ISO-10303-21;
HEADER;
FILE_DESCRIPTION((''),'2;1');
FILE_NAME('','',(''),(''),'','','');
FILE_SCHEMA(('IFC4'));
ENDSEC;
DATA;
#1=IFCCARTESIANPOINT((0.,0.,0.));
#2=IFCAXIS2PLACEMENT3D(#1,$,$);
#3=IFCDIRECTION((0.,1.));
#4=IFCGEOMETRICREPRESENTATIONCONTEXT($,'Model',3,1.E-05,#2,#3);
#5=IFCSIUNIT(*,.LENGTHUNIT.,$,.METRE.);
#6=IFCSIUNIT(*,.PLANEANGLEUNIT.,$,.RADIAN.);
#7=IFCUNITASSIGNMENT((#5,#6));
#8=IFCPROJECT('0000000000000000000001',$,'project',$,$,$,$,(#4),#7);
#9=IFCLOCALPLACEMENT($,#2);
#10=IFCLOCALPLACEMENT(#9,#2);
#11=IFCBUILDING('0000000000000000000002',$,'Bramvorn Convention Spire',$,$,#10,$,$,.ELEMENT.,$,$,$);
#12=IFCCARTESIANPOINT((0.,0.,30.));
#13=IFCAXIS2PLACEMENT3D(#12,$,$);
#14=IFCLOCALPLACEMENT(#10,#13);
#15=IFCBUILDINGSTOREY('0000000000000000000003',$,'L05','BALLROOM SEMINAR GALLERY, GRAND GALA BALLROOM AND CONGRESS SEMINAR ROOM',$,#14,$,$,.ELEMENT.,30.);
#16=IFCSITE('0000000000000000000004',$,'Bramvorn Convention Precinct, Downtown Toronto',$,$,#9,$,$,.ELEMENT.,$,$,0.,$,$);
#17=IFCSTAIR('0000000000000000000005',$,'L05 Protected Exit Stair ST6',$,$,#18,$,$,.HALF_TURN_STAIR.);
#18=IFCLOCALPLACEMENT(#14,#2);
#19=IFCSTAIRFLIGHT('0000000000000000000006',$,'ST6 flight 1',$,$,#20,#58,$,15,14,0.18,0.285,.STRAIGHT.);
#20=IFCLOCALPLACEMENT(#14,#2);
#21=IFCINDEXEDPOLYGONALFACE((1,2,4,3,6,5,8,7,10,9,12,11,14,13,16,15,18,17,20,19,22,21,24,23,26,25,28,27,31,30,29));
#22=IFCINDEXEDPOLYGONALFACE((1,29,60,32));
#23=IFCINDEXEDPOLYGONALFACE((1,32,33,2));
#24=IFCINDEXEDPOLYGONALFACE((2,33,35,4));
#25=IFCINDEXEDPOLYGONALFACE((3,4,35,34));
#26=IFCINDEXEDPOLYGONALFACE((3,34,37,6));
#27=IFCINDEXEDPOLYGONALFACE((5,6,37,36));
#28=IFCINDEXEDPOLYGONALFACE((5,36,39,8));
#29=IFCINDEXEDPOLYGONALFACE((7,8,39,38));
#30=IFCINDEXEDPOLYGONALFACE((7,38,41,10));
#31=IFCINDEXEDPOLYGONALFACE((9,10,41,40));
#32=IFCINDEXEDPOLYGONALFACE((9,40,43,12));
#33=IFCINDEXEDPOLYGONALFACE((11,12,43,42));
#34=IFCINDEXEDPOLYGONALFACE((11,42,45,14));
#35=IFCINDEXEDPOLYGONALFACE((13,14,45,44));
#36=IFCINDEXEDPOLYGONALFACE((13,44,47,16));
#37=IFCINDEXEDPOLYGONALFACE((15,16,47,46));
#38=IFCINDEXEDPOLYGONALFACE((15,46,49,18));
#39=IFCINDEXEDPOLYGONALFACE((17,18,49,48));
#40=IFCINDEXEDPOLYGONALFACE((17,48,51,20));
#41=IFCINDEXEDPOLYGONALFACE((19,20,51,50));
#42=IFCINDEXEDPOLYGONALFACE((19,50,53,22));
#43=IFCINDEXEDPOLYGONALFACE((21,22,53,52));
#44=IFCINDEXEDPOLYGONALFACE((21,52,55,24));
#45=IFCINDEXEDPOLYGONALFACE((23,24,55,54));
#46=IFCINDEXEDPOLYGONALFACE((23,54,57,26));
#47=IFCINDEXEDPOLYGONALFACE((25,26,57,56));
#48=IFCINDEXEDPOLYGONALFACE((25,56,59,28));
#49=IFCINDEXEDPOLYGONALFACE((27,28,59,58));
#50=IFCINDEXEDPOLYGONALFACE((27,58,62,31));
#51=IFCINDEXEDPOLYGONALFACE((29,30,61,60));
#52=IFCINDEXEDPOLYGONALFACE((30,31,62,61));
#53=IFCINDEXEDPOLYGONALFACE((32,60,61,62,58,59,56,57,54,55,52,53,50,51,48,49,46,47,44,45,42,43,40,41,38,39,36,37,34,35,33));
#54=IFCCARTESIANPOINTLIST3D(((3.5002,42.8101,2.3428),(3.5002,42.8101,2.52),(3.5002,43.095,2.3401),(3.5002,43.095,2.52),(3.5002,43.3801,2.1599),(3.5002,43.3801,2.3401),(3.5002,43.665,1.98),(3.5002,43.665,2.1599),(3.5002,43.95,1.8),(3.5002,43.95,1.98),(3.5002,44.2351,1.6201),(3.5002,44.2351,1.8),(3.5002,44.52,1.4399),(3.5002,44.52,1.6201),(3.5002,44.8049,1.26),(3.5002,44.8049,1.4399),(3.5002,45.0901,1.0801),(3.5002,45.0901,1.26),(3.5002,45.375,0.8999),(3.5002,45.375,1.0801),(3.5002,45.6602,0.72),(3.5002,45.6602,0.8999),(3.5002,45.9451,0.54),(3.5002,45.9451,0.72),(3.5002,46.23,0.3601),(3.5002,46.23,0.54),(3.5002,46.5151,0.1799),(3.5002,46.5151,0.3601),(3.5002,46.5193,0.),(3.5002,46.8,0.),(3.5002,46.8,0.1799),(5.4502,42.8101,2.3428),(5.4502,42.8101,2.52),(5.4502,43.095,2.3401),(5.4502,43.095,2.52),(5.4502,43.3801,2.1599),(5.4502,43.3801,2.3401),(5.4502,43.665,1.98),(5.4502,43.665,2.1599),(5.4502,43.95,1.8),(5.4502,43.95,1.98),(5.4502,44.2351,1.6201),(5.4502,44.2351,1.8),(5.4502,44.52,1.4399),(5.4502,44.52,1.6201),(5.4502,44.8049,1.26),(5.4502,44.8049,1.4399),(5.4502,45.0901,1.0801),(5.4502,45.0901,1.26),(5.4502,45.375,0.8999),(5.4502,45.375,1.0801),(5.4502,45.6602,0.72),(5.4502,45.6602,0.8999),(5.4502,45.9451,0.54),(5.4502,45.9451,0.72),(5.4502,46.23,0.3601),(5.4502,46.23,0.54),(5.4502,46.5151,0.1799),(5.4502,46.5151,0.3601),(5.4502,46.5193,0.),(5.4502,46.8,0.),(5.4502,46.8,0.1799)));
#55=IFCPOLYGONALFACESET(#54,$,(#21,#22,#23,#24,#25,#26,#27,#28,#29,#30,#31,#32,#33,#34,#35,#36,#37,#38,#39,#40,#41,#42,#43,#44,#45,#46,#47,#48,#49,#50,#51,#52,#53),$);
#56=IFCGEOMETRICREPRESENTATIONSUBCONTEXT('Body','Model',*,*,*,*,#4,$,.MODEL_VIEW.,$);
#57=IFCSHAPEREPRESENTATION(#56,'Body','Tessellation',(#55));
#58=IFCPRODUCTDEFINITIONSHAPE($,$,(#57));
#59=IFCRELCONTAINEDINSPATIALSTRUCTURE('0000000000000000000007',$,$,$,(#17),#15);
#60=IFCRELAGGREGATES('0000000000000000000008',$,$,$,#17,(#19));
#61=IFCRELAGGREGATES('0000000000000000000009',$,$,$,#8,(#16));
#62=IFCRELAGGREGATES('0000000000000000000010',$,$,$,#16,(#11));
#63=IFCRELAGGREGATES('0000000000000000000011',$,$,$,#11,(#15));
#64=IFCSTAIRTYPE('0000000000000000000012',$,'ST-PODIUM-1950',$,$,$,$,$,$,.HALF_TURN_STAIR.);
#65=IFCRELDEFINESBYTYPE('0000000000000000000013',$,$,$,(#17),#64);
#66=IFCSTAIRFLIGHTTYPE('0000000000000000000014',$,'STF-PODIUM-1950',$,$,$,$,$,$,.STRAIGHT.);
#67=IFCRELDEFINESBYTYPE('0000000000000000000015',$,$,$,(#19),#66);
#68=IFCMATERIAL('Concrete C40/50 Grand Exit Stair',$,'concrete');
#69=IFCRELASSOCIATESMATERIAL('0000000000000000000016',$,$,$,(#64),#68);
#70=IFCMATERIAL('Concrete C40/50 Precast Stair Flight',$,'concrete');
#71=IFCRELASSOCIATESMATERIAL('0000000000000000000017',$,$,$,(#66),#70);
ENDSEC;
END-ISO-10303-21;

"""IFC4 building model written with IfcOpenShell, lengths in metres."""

from ifc_helpers import new_model, si_unit, direction, frame, origin, place, context, subcontext, project, spatial, polyline, outline, extrude, material, type_object, element, aggregate, save


model = new_model("IFC4")

# Units and contexts
model_context = context("Model", 3, precision=1e-05, world=origin(), true_north=direction((0.0, 1.0)))
body_context = subcontext(model_context, "Body", "Model", "MODEL_VIEW")
ifc_project = project(units=[si_unit("LENGTHUNIT", "METRE"), si_unit("PLANEANGLEUNIT", "RADIAN")], contexts=[model_context])

# Site, building, storey
site_placement = place(None, origin())
site = spatial("IfcSite", under=ifc_project, at=site_placement, Name="Bramvorn Convention Precinct, Downtown Toronto", CompositionType="ELEMENT", RefElevation=0.0)
building_placement = place(site_placement, origin())
building = spatial("IfcBuilding", under=site, at=building_placement, Name="Bramvorn Convention Spire", CompositionType="ELEMENT")
storey_placement = place(building_placement, frame((0.0, 0.0, 30.0)))
storey = spatial("IfcBuildingStorey", under=building, at=storey_placement, Name="L05", Description="BALLROOM SEMINAR GALLERY, GRAND GALA BALLROOM AND CONGRESS SEMINAR ROOM", CompositionType="ELEMENT", Elevation=30.0)

# Stair, stair flight
ifc_material_1 = material(Name="Concrete C40/50 Grand Exit Stair", Category="concrete")
stair_type = type_object("IfcStairType", Name="ST-PODIUM-1950", PredefinedType="HALF_TURN_STAIR", material=ifc_material_1)
stair_placement = place(storey_placement, origin())
stair = element("IfcStair", 1, at=stair_placement, inside=storey, type_object=stair_type, Name="L05 Protected Exit Stair ST6", PredefinedType="HALF_TURN_STAIR")
ifc_material_2 = material(Name="Concrete C40/50 Precast Stair Flight", Category="concrete")
stair_flight_type = type_object("IfcStairFlightType", Name="STF-PODIUM-1950", PredefinedType="STRAIGHT", material=ifc_material_2)
stair_flight_placement = place(storey_placement, frame((4.4751, 46.8, 0.0), z_axis=(0.0, 0.0, 1.0), x_axis=(0.0, -1.0, 0.0)))
stair_flight = element("IfcStairFlight", 2, at=stair_flight_placement, type_object=stair_flight_type, Name="ST6 flight 1", NumberOfRisers=15, NumberOfTreads=14, PredefinedType="STRAIGHT", RiserHeight=0.18, TreadLength=0.285, context=body_context, shape_type="SweptSolid", body=[
    extrude(outline(polyline([(0.0, 0.0), (0.0, 0.1799), (0.2849, 0.1799), (0.2849, 0.3601), (0.5701, 0.3601), (0.5701, 0.54), (0.855, 0.54), (0.855, 0.72), (1.1399, 0.72), (1.1399, 0.8999), (1.425, 0.8999), (1.425, 1.0801), (1.71, 1.0801), (1.71, 1.26), (1.9951, 1.26), (1.9951, 1.4399), (2.28, 1.4399), (2.28, 1.6201), (2.5649, 1.6201), (2.5649, 1.8), (2.8501, 1.8), (2.8501, 1.98), (3.135, 1.98), (3.135, 2.1599), (3.4199, 2.1599), (3.4199, 2.3401), (3.7051, 2.3401), (3.7051, 2.52), (3.99, 2.52), (3.99, 2.7), (3.99, 2.3428), (0.2808, 0.0), (0.0, 0.0)])), frame((0.0, 0.9751, 0.0), z_axis=(0.0, -1.0, 0.0), x_axis=(1.0, 0.0, 0.0)), (0.0, 0.0, 1.0), 1.95),
])
aggregate(stair, [stair_flight])

save(model, "model.ifc")
